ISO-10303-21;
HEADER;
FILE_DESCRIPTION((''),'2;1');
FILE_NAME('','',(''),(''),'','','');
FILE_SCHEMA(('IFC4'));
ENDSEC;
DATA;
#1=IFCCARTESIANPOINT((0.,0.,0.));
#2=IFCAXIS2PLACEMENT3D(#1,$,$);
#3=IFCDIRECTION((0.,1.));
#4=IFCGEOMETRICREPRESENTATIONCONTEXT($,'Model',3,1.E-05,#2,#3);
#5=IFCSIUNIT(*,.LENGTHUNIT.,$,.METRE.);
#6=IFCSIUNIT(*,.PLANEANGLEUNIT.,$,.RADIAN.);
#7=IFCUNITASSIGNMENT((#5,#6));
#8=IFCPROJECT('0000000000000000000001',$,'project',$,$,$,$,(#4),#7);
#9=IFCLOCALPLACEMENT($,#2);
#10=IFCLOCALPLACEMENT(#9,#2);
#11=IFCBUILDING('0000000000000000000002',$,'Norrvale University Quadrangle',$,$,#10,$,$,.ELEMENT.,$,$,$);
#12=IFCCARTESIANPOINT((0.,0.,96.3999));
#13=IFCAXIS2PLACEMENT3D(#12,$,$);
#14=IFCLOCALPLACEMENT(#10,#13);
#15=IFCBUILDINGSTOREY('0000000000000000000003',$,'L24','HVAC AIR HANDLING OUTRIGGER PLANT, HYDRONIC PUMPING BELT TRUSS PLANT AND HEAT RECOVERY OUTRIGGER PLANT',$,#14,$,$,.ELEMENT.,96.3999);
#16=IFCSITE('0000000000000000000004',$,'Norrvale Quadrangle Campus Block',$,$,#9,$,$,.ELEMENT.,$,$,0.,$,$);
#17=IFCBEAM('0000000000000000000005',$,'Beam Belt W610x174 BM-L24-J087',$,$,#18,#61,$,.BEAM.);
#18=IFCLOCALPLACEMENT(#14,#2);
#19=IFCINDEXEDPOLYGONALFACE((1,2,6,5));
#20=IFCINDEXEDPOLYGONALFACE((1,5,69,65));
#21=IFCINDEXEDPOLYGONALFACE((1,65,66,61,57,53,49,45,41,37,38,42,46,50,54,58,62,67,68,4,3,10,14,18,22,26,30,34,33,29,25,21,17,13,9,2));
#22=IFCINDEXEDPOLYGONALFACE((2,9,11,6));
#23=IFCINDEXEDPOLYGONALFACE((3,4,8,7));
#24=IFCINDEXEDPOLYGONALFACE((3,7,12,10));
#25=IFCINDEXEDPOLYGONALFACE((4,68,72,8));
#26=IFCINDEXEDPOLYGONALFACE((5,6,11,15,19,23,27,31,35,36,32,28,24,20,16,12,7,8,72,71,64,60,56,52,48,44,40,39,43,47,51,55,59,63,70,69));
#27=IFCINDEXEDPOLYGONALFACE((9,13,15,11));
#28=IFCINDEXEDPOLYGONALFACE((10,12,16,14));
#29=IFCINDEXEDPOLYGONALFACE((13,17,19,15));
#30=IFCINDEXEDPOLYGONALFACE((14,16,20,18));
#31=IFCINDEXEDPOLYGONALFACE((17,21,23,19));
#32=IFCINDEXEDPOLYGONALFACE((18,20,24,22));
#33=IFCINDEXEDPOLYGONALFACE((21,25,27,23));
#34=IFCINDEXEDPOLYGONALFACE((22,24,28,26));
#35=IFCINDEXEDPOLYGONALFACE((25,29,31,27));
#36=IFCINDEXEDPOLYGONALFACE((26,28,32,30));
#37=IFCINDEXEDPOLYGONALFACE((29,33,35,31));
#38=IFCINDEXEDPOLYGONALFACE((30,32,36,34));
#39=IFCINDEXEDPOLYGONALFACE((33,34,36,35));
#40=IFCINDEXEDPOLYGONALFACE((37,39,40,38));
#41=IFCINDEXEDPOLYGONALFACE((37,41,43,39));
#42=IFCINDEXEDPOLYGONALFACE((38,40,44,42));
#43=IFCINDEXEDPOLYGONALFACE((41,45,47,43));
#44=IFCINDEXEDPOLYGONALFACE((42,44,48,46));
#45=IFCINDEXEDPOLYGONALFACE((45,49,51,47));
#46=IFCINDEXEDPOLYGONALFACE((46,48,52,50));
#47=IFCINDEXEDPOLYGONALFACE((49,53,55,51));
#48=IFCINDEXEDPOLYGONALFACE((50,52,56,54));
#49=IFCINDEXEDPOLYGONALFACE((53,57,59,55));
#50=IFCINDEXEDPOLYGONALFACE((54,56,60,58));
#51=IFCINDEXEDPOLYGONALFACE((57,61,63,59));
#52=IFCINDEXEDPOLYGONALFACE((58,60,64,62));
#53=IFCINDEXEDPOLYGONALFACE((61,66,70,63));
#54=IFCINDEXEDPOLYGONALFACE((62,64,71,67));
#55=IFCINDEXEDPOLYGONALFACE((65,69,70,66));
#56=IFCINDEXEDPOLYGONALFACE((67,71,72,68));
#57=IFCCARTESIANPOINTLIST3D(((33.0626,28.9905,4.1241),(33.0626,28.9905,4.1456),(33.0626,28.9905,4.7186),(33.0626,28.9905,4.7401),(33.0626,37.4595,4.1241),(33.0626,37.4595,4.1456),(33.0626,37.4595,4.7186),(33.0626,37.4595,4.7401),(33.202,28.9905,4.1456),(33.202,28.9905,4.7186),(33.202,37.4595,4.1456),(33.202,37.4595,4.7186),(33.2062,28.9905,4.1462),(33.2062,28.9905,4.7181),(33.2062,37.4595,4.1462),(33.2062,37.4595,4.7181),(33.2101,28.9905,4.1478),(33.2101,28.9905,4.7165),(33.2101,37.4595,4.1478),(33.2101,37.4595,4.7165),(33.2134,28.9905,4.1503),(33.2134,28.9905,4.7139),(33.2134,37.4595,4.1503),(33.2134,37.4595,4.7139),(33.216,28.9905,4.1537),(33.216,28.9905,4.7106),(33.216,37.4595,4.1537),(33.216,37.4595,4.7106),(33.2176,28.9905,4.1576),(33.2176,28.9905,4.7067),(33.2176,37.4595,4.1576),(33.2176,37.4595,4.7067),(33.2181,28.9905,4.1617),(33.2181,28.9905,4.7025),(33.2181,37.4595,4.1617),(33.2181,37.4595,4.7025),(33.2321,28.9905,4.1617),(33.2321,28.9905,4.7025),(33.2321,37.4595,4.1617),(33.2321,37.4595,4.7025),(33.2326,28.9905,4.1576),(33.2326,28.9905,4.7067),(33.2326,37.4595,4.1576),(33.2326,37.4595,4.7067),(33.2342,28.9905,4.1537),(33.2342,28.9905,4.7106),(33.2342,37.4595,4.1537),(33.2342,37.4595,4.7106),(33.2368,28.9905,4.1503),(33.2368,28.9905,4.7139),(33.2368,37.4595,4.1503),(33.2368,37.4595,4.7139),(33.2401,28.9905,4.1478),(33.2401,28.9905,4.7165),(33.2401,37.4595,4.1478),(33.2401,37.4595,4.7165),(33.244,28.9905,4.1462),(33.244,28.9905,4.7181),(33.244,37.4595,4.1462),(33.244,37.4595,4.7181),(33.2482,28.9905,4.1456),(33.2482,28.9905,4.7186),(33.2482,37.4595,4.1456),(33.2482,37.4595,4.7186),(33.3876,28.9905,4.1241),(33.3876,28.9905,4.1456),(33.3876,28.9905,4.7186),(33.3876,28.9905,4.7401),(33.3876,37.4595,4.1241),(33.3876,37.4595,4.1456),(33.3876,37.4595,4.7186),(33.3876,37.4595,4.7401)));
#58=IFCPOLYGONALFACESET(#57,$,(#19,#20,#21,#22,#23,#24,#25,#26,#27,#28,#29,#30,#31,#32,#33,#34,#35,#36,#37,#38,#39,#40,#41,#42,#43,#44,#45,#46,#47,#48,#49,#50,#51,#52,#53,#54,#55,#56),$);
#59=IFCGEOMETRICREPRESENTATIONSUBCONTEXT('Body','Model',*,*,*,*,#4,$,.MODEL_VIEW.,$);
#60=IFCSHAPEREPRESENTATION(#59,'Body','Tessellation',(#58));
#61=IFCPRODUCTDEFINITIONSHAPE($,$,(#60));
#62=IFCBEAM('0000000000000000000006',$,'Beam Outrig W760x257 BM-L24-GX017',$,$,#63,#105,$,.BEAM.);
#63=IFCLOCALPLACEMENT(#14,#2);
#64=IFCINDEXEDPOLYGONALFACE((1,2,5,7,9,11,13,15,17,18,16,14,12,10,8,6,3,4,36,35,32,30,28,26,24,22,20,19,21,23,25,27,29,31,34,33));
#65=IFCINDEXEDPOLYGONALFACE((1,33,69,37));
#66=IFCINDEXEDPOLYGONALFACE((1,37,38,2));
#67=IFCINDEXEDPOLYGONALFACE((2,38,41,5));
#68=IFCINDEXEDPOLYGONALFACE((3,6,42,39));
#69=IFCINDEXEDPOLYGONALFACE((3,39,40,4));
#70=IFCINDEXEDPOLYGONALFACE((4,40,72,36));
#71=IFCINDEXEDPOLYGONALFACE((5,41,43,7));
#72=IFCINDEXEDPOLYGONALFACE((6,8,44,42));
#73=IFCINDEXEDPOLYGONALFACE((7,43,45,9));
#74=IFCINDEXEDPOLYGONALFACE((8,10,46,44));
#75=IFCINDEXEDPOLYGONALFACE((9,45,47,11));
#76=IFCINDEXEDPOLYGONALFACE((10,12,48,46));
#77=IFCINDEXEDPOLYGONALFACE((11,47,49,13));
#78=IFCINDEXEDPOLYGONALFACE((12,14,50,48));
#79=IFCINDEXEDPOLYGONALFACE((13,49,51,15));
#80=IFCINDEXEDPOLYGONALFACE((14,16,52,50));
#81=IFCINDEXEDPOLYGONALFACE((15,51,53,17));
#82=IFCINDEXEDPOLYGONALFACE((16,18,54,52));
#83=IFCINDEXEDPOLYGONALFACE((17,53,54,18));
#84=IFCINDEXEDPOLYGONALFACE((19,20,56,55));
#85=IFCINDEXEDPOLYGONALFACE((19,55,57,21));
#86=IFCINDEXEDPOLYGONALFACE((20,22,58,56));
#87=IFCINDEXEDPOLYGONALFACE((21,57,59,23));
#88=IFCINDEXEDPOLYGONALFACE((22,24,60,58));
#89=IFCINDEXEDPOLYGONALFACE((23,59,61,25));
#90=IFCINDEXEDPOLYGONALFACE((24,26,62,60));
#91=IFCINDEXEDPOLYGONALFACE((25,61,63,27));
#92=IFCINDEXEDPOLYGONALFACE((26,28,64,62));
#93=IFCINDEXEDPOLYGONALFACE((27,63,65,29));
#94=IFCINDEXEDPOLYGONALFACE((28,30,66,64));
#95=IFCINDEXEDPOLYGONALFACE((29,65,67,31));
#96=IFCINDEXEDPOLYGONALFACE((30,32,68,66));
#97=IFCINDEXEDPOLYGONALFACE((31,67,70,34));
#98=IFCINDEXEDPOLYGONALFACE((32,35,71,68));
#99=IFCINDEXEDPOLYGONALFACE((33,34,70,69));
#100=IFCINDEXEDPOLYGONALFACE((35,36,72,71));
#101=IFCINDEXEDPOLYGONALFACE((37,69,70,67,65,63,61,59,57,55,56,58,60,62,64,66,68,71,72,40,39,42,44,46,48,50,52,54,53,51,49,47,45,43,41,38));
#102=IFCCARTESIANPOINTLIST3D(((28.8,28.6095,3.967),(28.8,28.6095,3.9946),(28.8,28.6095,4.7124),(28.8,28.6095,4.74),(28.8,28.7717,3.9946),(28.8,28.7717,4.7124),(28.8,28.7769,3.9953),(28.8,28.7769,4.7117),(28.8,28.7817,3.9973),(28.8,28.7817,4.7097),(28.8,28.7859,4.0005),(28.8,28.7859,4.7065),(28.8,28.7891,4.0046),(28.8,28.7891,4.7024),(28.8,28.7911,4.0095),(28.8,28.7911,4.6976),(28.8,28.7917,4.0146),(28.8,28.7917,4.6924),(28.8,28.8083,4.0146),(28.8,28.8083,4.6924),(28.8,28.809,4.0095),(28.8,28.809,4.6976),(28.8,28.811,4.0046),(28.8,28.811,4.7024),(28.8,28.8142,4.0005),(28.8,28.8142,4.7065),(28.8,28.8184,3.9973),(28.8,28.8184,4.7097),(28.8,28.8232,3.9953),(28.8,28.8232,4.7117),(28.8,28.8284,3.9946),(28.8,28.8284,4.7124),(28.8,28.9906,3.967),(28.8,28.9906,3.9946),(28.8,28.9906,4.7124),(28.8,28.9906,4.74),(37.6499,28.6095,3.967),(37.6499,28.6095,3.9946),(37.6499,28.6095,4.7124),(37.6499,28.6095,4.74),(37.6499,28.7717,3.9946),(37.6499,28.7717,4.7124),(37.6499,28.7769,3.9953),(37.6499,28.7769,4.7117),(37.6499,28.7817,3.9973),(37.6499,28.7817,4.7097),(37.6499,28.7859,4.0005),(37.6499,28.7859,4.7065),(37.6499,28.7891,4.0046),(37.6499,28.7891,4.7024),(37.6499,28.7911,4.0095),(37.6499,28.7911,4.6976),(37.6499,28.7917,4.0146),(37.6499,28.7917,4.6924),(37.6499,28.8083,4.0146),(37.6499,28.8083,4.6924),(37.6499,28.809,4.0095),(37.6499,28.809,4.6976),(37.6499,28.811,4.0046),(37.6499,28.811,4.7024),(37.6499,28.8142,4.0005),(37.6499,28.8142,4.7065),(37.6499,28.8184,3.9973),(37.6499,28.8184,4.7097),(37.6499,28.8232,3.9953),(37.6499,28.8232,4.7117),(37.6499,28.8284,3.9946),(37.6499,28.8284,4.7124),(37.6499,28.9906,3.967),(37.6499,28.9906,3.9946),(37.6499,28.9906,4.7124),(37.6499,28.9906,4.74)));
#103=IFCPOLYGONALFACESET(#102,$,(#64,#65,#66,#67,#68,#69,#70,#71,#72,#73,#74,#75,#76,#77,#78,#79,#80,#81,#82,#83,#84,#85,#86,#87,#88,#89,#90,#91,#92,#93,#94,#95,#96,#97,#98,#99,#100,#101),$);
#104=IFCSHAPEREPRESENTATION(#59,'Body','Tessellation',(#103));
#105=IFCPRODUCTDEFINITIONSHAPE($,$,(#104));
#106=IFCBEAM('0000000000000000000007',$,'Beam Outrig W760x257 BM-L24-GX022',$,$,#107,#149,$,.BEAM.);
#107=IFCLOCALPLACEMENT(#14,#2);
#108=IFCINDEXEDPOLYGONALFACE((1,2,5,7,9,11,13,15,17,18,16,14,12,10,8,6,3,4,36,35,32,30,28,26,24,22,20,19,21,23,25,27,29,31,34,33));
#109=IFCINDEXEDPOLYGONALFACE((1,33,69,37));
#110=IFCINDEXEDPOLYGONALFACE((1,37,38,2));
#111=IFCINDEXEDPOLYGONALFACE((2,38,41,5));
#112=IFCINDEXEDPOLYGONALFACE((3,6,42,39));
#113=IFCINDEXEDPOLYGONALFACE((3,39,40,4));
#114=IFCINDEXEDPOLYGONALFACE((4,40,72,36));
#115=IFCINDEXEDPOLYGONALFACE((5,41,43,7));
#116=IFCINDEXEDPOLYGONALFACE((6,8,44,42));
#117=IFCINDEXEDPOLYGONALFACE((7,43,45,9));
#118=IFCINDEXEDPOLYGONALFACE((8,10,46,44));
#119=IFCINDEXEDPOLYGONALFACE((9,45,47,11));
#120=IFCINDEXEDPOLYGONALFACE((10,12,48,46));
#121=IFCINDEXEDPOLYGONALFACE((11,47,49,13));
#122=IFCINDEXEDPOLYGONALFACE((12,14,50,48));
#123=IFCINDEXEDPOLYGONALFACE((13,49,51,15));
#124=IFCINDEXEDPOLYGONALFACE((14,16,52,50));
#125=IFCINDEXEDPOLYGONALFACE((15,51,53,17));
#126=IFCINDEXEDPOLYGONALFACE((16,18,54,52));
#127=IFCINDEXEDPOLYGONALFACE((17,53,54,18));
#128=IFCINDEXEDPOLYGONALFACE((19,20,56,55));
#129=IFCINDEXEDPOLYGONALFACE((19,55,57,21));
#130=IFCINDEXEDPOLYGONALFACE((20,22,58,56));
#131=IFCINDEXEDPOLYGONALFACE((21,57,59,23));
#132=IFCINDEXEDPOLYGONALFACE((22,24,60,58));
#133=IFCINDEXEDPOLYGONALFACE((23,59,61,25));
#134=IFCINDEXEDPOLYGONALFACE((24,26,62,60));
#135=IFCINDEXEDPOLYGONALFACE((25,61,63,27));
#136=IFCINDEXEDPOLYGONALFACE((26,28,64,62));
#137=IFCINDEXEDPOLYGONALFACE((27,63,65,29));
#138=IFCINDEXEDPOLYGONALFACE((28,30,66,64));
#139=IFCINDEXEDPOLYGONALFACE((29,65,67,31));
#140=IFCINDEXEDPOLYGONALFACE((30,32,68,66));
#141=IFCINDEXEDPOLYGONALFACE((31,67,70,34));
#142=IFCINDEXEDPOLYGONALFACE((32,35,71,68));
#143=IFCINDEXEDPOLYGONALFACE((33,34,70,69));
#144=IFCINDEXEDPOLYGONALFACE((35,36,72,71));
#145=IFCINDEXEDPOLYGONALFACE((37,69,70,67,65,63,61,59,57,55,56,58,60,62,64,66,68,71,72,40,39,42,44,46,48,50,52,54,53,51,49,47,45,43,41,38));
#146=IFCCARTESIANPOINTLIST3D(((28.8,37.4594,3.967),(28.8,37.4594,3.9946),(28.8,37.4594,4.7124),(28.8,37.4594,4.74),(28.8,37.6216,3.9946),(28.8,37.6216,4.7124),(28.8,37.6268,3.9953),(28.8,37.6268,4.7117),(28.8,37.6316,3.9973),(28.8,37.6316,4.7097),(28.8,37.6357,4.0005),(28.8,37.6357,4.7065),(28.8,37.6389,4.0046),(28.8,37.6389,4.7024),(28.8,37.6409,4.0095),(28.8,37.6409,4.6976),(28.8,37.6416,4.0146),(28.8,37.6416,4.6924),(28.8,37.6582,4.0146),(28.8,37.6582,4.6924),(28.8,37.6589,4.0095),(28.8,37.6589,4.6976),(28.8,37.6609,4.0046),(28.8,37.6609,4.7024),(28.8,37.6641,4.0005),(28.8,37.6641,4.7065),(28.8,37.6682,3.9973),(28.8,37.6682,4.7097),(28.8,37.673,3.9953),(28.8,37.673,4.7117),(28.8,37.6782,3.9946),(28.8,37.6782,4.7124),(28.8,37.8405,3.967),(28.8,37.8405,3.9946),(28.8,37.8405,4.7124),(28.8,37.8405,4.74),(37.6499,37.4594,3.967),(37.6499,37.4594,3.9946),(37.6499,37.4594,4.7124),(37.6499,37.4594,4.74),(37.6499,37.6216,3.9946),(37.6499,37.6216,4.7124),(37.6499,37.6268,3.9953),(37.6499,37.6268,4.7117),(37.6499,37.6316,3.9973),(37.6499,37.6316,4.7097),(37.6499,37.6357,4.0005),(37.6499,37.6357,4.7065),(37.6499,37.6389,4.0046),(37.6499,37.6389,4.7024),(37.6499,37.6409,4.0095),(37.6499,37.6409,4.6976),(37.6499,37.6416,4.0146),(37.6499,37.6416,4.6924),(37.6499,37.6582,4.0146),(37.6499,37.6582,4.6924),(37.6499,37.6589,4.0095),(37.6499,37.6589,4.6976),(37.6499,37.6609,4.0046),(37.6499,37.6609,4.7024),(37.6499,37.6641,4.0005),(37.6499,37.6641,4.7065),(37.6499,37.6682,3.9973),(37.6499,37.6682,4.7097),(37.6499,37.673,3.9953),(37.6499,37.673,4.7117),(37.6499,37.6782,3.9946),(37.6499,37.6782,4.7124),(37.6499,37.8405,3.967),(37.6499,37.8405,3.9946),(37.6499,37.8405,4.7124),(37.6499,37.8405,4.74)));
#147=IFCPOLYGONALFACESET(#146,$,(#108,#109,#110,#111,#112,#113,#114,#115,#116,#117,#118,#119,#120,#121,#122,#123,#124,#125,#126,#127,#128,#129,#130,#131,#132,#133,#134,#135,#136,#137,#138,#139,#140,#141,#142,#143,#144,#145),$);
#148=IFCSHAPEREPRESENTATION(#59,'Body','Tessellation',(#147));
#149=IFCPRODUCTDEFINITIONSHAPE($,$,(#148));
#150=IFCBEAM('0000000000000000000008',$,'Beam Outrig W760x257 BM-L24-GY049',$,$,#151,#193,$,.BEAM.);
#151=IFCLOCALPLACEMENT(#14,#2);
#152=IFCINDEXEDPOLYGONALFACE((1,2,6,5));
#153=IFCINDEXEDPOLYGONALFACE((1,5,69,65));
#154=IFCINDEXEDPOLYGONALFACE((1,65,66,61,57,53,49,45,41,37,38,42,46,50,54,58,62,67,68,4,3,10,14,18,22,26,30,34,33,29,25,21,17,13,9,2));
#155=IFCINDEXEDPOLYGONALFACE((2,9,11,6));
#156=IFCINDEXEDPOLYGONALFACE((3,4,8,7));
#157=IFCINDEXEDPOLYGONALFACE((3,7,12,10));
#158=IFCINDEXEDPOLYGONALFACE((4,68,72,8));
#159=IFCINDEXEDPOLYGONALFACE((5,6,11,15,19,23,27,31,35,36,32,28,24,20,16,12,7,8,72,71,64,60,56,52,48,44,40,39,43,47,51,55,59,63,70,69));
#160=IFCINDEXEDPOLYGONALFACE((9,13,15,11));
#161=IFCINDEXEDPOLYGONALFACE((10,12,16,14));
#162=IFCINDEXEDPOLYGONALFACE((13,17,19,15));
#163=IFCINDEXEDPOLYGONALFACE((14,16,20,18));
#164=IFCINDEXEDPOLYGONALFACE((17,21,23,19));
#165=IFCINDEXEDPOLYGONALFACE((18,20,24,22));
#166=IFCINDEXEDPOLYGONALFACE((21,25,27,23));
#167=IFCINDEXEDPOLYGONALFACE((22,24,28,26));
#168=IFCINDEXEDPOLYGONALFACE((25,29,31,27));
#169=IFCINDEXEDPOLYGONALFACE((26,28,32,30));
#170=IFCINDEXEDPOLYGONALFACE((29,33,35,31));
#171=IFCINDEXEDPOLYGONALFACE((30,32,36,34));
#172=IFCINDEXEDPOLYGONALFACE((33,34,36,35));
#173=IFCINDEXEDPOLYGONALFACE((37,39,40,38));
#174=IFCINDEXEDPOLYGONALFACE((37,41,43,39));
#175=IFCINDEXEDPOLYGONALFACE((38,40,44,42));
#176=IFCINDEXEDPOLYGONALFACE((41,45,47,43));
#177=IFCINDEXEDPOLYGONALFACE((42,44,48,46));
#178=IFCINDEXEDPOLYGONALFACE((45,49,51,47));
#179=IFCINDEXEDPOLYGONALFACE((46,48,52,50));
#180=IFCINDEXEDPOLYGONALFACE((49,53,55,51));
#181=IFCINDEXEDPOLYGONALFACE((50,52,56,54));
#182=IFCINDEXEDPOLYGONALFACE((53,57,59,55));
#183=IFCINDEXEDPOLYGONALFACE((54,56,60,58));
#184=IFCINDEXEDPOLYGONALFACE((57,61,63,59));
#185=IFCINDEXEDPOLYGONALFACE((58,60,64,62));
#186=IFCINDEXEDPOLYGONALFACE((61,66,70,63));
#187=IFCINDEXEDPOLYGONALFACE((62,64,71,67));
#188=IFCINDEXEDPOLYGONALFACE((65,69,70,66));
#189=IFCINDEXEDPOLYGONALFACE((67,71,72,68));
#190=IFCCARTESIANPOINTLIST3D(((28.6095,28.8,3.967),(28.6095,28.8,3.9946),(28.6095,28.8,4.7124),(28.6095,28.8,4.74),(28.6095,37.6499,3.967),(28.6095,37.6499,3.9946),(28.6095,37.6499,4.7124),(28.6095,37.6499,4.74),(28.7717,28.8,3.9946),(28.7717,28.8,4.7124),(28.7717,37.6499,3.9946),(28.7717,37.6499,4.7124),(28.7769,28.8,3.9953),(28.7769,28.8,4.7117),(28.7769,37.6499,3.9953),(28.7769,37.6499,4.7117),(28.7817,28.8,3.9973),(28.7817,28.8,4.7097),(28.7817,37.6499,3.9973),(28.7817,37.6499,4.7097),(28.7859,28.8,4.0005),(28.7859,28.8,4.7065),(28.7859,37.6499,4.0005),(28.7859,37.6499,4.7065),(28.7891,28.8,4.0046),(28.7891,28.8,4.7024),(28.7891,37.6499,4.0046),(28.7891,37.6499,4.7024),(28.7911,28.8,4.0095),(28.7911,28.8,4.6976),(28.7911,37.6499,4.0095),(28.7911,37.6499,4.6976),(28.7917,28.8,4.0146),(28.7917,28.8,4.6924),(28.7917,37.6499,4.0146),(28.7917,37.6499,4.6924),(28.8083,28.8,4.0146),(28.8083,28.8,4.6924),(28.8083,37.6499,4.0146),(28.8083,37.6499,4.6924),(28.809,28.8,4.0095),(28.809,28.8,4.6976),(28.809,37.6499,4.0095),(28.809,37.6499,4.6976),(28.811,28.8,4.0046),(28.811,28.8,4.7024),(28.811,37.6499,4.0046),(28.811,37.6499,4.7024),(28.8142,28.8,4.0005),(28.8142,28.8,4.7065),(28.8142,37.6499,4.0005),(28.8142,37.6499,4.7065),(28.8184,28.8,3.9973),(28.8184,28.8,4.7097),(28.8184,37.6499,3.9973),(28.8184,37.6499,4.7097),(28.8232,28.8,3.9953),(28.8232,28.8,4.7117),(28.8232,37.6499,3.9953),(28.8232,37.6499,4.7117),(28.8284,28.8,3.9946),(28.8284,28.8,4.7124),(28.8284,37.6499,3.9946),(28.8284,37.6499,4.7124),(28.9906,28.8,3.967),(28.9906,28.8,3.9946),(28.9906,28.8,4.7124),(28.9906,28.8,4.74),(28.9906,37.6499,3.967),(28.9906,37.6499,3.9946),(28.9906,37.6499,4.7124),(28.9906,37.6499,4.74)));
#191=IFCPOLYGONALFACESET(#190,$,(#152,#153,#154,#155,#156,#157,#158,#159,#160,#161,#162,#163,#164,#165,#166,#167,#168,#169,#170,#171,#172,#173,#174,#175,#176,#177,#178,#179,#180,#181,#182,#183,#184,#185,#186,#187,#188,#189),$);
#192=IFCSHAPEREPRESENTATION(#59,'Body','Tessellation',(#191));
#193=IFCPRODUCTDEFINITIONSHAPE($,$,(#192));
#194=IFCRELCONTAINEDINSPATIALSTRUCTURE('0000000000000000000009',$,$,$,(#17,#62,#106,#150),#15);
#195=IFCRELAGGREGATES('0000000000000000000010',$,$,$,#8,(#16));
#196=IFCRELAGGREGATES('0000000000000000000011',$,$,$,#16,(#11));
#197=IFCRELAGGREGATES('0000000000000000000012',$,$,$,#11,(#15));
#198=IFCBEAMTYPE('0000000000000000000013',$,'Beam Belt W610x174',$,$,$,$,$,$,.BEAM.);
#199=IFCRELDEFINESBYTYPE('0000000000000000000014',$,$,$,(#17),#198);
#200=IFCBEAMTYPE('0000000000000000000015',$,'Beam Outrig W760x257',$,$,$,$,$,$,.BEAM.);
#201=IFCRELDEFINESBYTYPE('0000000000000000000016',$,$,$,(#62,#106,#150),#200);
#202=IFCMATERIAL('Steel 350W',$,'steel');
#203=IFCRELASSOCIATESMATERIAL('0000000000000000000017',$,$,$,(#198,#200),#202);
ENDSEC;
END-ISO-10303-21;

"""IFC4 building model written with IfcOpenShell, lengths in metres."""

from ifc_helpers import new_model, si_unit, direction, frame, origin, origin_2d, place, context, subcontext, project, spatial, i_section, extrude, material, material_profile, profile_set, type_object, element, save


model = new_model("IFC4")

# Units and contexts
model_context = context("Model", 3, precision=1e-05, world=origin(), true_north=direction((0.0, 1.0)))
body_context = subcontext(model_context, "Body", "Model", "MODEL_VIEW")
ifc_project = project(units=[si_unit("LENGTHUNIT", "METRE"), si_unit("PLANEANGLEUNIT", "RADIAN")], contexts=[model_context])

# Site, building, storey
site_placement = place(None, origin())
site = spatial("IfcSite", under=ifc_project, at=site_placement, Name="Norrvale Quadrangle Campus Block", CompositionType="ELEMENT", RefElevation=0.0)
building_placement = place(site_placement, origin())
building = spatial("IfcBuilding", under=site, at=building_placement, Name="Norrvale University Quadrangle", CompositionType="ELEMENT")
storey_placement = place(building_placement, frame((0.0, 0.0, 96.3999)))
storey = spatial("IfcBuildingStorey", under=building, at=storey_placement, Name="L24", Description="HVAC AIR HANDLING OUTRIGGER PLANT, HYDRONIC PUMPING BELT TRUSS PLANT AND HEAT RECOVERY OUTRIGGER PLANT", CompositionType="ELEMENT", Elevation=96.3999)

# Beams
ifc_material_1 = material(Name="Steel 350W", Category="steel")
ifc_material_profile_1 = material_profile(ifc_material_1, i_section(OverallWidth=0.325, OverallDepth=0.616, WebThickness=0.0139, FlangeThickness=0.0215, FilletRadius=0.0161, at=origin_2d()), Name="Steel 350W")
ifc_profile_set_1 = profile_set([ifc_material_profile_1], Name="Steel 350W")
beam_type_1 = type_object("IfcBeamType", Name="Beam Belt W610x174", PredefinedType="BEAM", material=ifc_profile_set_1)
beam_1_placement = place(storey_placement, frame((33.2251, 28.9905, 4.4321), z_axis=(0.0, 1.0, 0.0), x_axis=(-1.0, 0.0, 0.0)))
element("IfcBeam", 1, at=beam_1_placement, inside=storey, type_object=beam_type_1, Name="Beam Belt W610x174 BM-L24-J087", PredefinedType="BEAM", context=body_context, shape_type="SweptSolid", body=[
    extrude(i_section(OverallWidth=0.325, OverallDepth=0.616, WebThickness=0.0139, FlangeThickness=0.0215, FilletRadius=0.0161, at=origin_2d()), origin(), (0.0, 0.0, 1.0), 8.469),
])
ifc_material_profile_2 = material_profile(ifc_material_1, i_section(OverallWidth=0.3811, OverallDepth=0.7729, WebThickness=0.0166, FlangeThickness=0.0276, FilletRadius=0.02, at=origin_2d()), Name="Steel 350W")
ifc_profile_set_2 = profile_set([ifc_material_profile_2], Name="Steel 350W")
beam_type_2 = type_object("IfcBeamType", Name="Beam Outrig W760x257", PredefinedType="BEAM", material=ifc_profile_set_2)
for number, where, z_axis, x_axis, name in (
    (2, (28.8, 28.8, 4.3535), (1.0, 0.0, 0.0), (0.0, 1.0, 0.0), "Beam Outrig W760x257 BM-L24-GX017"),
    (3, (28.8, 37.6499, 4.3535), (1.0, 0.0, 0.0), (0.0, 1.0, 0.0), "Beam Outrig W760x257 BM-L24-GX022"),
    (4, (28.8, 28.8, 4.3535), (0.0, 1.0, 0.0), (-1.0, 0.0, 0.0), "Beam Outrig W760x257 BM-L24-GY049"),
):
    element("IfcBeam", number, at=place(storey_placement, frame(where, z_axis=z_axis, x_axis=x_axis)), inside=storey, type_object=beam_type_2, Name=name, PredefinedType="BEAM", context=body_context, shape_type="SweptSolid", body=[
        extrude(i_section(OverallWidth=0.3811, OverallDepth=0.7729, WebThickness=0.0166, FlangeThickness=0.0276, FilletRadius=0.02, at=origin_2d()), origin(), (0.0, 0.0, 1.0), 8.8499),
    ])

save(model, "model.ifc")
